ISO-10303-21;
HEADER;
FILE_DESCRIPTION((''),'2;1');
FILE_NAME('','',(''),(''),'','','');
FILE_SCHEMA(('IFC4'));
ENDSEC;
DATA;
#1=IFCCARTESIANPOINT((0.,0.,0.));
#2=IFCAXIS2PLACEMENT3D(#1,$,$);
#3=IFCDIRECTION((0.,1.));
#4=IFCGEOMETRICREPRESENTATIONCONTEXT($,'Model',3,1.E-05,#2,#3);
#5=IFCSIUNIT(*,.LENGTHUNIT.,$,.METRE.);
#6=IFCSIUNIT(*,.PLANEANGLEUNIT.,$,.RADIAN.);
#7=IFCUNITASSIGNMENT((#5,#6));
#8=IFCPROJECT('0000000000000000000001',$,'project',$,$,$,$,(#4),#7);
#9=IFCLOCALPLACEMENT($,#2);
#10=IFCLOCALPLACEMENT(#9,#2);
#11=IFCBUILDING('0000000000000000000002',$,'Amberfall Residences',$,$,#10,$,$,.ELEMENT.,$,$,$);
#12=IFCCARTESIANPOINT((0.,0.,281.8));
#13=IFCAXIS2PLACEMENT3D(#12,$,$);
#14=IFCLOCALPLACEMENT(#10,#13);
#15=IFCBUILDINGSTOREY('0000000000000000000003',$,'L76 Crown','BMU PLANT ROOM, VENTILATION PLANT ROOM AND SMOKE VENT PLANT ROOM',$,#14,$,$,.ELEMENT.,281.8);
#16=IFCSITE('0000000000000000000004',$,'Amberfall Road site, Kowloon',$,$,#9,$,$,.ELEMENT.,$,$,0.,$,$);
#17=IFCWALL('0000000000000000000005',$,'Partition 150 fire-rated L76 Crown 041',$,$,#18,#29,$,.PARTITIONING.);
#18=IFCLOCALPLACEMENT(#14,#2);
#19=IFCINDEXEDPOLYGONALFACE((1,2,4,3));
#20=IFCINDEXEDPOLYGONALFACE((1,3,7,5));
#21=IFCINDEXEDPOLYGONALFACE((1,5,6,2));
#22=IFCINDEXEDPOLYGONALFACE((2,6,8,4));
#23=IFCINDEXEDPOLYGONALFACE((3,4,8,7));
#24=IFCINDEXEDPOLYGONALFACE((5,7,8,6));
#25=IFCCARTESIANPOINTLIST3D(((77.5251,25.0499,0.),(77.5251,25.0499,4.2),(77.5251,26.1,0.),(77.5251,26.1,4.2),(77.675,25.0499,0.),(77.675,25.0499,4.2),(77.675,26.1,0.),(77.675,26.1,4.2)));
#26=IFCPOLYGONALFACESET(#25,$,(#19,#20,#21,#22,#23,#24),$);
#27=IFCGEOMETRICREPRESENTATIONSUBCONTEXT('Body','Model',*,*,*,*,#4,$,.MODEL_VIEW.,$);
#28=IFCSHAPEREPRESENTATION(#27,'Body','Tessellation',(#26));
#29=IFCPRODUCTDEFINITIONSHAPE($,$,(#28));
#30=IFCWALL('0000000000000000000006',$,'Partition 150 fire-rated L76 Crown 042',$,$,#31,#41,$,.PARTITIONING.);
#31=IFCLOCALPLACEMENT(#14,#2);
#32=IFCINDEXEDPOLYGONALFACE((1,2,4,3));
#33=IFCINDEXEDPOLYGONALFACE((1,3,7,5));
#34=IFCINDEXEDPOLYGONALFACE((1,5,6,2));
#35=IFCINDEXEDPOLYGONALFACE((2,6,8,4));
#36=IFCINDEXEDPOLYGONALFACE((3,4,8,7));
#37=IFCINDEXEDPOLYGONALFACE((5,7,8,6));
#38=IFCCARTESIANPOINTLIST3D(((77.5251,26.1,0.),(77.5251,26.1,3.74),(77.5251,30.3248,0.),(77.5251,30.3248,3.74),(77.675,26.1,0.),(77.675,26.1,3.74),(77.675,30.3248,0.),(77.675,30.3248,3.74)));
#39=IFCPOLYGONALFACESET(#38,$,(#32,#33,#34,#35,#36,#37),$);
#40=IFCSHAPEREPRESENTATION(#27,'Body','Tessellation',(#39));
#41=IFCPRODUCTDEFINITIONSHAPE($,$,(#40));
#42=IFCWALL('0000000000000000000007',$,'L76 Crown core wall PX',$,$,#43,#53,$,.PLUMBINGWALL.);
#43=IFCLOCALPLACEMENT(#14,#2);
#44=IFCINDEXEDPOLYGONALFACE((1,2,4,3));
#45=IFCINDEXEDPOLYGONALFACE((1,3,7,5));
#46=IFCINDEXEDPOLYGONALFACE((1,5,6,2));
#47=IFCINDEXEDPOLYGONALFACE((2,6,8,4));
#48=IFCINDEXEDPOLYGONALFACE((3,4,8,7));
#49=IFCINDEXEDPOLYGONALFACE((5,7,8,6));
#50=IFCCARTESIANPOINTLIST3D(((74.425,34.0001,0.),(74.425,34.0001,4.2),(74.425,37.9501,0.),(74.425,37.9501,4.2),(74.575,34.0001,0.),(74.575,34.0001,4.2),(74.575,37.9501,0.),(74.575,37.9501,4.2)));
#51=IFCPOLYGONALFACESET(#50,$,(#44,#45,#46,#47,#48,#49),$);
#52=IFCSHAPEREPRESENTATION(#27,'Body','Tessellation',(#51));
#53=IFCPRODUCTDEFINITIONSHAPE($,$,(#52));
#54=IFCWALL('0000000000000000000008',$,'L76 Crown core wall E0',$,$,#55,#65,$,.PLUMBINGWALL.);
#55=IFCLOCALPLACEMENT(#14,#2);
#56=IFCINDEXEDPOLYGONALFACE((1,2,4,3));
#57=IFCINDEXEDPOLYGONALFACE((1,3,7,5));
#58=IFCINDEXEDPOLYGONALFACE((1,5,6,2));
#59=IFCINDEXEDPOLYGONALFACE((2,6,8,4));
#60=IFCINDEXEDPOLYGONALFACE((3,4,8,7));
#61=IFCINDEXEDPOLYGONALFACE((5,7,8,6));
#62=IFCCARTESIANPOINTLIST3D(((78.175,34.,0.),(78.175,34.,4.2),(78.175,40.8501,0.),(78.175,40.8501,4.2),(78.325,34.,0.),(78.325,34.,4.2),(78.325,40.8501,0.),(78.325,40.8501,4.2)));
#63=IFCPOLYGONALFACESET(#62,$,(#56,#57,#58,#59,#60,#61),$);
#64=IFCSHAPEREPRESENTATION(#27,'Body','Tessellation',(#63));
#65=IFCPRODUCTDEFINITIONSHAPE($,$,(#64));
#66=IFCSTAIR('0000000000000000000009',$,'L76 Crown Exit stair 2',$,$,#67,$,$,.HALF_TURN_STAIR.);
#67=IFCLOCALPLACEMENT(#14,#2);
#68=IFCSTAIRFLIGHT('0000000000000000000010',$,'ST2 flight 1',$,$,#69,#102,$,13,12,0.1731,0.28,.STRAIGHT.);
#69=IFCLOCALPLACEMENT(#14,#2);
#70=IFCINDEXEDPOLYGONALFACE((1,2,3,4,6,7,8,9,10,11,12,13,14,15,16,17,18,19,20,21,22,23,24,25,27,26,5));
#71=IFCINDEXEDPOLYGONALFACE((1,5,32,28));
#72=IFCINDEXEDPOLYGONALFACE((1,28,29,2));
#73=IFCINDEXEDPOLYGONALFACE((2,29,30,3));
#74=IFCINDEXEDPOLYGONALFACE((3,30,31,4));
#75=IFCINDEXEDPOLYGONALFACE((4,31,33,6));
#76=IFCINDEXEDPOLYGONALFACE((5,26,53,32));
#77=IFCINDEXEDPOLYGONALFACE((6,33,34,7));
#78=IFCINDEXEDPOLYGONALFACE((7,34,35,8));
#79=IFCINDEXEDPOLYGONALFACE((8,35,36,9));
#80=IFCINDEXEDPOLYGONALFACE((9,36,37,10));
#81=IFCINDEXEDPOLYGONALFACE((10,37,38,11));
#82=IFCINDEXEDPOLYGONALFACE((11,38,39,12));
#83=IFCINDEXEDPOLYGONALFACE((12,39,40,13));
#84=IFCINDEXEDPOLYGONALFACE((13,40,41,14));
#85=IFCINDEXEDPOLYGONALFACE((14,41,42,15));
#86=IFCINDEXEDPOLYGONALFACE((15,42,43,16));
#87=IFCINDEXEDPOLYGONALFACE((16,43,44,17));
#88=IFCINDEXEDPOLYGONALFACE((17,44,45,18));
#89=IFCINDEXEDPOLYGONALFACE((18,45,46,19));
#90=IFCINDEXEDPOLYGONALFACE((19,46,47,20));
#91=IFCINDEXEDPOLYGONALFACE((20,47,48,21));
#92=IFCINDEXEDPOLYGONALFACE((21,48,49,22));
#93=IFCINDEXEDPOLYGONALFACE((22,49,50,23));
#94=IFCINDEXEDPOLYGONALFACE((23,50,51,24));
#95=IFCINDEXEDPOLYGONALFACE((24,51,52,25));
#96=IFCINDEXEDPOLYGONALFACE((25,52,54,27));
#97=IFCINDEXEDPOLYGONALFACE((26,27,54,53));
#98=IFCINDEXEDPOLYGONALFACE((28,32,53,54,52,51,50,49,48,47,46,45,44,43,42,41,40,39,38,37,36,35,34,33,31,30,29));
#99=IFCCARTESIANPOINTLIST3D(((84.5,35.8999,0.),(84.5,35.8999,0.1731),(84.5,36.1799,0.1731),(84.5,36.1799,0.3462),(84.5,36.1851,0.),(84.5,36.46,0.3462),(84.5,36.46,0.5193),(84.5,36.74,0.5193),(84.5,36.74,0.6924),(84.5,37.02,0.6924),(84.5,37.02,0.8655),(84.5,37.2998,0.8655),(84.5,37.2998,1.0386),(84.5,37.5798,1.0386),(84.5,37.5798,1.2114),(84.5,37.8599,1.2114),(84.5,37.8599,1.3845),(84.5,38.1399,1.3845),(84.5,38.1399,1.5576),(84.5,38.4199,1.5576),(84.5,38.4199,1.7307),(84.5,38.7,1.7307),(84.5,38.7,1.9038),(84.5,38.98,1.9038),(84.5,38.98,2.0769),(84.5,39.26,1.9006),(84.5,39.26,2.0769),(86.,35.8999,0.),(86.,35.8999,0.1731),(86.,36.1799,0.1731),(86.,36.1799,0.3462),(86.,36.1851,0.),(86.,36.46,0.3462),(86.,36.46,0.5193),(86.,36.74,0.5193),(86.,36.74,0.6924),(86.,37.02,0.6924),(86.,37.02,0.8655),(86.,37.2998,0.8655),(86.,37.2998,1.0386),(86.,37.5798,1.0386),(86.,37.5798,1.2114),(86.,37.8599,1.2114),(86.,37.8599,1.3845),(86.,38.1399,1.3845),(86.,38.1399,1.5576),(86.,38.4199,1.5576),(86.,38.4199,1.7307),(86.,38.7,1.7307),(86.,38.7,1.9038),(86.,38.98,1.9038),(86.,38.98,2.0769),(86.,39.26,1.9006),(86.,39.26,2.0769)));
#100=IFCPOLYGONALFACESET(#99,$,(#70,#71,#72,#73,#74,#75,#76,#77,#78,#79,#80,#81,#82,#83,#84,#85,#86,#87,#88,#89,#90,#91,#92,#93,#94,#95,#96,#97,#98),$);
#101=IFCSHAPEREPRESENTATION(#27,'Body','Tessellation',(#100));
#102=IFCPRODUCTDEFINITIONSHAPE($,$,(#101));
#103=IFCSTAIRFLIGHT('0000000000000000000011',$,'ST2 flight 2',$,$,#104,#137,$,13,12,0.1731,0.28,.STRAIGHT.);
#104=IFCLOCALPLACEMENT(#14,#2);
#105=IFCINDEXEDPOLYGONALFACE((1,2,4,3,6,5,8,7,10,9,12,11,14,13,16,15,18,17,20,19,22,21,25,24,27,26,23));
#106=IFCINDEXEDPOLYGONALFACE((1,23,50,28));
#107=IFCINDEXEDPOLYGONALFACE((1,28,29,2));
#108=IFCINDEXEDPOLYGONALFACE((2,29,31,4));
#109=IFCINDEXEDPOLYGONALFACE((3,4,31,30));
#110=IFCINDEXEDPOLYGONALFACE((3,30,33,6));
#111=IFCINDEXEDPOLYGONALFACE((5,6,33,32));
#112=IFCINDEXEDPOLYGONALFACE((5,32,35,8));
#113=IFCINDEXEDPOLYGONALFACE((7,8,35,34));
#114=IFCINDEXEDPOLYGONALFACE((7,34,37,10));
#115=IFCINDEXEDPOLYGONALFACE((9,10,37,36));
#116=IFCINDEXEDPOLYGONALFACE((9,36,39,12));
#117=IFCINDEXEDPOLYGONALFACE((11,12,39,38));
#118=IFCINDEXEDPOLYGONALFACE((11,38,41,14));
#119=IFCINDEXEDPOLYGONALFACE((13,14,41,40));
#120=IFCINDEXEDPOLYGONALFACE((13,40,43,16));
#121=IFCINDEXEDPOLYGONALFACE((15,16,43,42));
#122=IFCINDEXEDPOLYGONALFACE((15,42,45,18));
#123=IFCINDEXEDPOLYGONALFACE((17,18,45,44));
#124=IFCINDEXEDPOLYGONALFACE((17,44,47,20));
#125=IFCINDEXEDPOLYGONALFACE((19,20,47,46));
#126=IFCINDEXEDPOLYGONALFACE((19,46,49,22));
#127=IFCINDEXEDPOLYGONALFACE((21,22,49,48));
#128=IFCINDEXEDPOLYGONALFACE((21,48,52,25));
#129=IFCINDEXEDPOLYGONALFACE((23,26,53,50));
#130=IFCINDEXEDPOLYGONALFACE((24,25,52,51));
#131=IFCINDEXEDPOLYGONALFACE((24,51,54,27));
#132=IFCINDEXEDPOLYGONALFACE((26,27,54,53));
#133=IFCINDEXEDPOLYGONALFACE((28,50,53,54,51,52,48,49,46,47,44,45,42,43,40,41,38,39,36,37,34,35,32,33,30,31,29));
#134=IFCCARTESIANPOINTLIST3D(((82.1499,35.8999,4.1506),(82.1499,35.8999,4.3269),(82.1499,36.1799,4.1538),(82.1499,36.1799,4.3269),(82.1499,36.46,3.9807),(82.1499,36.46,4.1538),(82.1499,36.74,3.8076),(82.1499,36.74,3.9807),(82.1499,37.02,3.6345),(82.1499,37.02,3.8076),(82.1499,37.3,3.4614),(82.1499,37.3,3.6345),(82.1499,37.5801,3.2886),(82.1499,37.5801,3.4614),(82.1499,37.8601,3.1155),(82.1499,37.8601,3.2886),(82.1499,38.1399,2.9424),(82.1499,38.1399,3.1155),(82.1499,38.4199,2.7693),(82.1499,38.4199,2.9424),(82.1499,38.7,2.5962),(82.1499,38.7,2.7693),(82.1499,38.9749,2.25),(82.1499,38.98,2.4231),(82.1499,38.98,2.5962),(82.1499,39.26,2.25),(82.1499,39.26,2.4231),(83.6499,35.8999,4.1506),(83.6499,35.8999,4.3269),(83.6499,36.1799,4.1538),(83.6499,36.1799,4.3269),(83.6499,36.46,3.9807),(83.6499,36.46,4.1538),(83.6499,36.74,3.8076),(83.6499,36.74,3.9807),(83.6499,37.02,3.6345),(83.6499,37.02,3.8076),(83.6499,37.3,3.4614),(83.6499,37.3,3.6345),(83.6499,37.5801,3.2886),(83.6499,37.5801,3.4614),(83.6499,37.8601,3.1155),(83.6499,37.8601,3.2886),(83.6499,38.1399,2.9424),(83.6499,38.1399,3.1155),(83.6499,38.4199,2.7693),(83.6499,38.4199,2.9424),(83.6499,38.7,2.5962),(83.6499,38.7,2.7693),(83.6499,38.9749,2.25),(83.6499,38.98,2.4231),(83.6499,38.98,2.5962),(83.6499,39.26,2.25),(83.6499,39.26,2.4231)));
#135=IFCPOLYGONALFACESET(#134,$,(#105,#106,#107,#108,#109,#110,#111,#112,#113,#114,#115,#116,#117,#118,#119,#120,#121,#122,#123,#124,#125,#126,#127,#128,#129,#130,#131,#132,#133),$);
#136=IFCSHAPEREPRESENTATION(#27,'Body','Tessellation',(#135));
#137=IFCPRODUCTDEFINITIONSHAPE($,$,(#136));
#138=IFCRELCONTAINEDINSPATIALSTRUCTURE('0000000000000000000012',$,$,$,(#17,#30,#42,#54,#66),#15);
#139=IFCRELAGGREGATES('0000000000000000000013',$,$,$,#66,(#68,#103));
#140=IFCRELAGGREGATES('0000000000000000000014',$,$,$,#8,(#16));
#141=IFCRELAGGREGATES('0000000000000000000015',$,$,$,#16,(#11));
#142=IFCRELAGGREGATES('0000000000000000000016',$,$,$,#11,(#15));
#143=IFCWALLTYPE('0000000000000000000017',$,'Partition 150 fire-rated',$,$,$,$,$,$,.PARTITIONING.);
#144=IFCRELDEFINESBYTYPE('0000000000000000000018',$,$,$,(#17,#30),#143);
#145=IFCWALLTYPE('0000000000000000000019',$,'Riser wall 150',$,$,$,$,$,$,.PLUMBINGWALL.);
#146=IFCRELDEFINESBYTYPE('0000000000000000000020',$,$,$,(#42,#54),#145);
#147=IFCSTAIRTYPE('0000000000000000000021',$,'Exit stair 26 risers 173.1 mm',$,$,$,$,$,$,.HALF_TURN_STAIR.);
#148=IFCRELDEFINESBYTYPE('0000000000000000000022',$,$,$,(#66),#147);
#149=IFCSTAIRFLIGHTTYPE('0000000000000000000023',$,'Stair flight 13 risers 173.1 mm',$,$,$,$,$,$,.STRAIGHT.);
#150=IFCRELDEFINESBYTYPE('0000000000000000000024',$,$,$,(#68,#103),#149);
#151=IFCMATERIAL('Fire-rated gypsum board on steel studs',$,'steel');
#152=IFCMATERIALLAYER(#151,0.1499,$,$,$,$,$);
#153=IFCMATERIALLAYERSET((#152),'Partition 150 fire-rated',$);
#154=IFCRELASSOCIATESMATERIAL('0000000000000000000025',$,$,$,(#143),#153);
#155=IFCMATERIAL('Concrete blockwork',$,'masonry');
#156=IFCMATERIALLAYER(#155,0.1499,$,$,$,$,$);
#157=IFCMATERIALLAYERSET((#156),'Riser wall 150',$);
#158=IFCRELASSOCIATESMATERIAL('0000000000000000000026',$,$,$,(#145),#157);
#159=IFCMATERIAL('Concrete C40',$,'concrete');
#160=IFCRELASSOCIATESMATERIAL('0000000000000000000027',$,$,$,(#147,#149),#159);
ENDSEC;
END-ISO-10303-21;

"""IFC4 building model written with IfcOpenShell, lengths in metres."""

from ifc_helpers import new_model, si_unit, direction, frame, frame_2d, origin, place, context, subcontext, project, spatial, polyline, rectangle, outline, extrude, material, layer, layer_set, type_object, element, aggregate, save


model = new_model("IFC4")

# Units and contexts
model_context = context("Model", 3, precision=1e-05, world=origin(), true_north=direction((0.0, 1.0)))
body_context = subcontext(model_context, "Body", "Model", "MODEL_VIEW")
ifc_project = project(units=[si_unit("LENGTHUNIT", "METRE"), si_unit("PLANEANGLEUNIT", "RADIAN")], contexts=[model_context])

# Site, building, storey
site_placement = place(None, origin())
site = spatial("IfcSite", under=ifc_project, at=site_placement, Name="Amberfall Road site, Kowloon", CompositionType="ELEMENT", RefElevation=0.0)
building_placement = place(site_placement, origin())
building = spatial("IfcBuilding", under=site, at=building_placement, Name="Amberfall Residences", CompositionType="ELEMENT")
storey_placement = place(building_placement, frame((0.0, 0.0, 281.8)))
storey = spatial("IfcBuildingStorey", under=building, at=storey_placement, Name="L76 Crown", Description="BMU PLANT ROOM, VENTILATION PLANT ROOM AND SMOKE VENT PLANT ROOM", CompositionType="ELEMENT", Elevation=281.8)

# Shared definitions
ifc_material_1 = material(Name="Fire-rated gypsum board on steel studs", Category="steel")
ifc_layer_1 = layer(ifc_material_1, 0.1499)
ifc_layer_set_1 = layer_set([ifc_layer_1], Name="Partition 150 fire-rated")
wall_type_1 = type_object("IfcWallType", Name="Partition 150 fire-rated", PredefinedType="PARTITIONING", material=ifc_layer_set_1)

# Walls
wall_1_placement = place(storey_placement, frame((77.6001, 25.05, 0.0), z_axis=(0.0, 0.0, 1.0), x_axis=(0.0, 1.0, 0.0)))
element("IfcWall", 1, at=wall_1_placement, inside=storey, type_object=wall_type_1, Name="Partition 150 fire-rated L76 Crown 041", PredefinedType="PARTITIONING", context=body_context, shape_type="SweptSolid", body=[
    extrude(rectangle(XDim=1.05, YDim=0.1499, at=frame_2d((0.5249, 0.0))), origin(), (0.0, 0.0, 1.0), 4.2),
])
wall_2_placement = place(storey_placement, frame((77.6001, 26.1001, 0.0), z_axis=(0.0, 0.0, 1.0), x_axis=(0.0, 1.0, 0.0)))
element("IfcWall", 2, at=wall_2_placement, inside=storey, type_object=wall_type_1, Name="Partition 150 fire-rated L76 Crown 042", PredefinedType="PARTITIONING", context=body_context, shape_type="SweptSolid", body=[
    extrude(rectangle(XDim=4.2249, YDim=0.1499, at=frame_2d((2.1123, 0.0))), origin(), (0.0, 0.0, 1.0), 3.74),
])
ifc_material_2 = material(Name="Concrete blockwork", Category="masonry")
ifc_layer_2 = layer(ifc_material_2, 0.1499)
ifc_layer_set_2 = layer_set([ifc_layer_2], Name="Riser wall 150")
wall_type_2 = type_object("IfcWallType", Name="Riser wall 150", PredefinedType="PLUMBINGWALL", material=ifc_layer_set_2)
wall_3_placement = place(storey_placement, frame((74.5, 34.0, 0.0), z_axis=(0.0, 0.0, 1.0), x_axis=(0.0, 1.0, 0.0)))
element("IfcWall", 3, at=wall_3_placement, inside=storey, type_object=wall_type_2, Name="L76 Crown core wall PX", PredefinedType="PLUMBINGWALL", context=body_context, shape_type="SweptSolid", body=[
    extrude(rectangle(XDim=3.95, YDim=0.1499, at=frame_2d((1.9751, 0.0))), origin(), (0.0, 0.0, 1.0), 4.2),
])
wall_4_placement = place(storey_placement, frame((78.25, 34.0, 0.0), z_axis=(0.0, 0.0, 1.0), x_axis=(0.0, 1.0, 0.0)))
element("IfcWall", 4, at=wall_4_placement, inside=storey, type_object=wall_type_2, Name="L76 Crown core wall E0", PredefinedType="PLUMBINGWALL", context=body_context, shape_type="SweptSolid", body=[
    extrude(rectangle(XDim=6.8501, YDim=0.1499, at=frame_2d((3.425, 0.0))), origin(), (0.0, 0.0, 1.0), 4.2),
])

# Stair, stair flights
ifc_material_3 = material(Name="Concrete C40", Category="concrete")
stair_type = type_object("IfcStairType", Name="Exit stair 26 risers 173.1 mm", PredefinedType="HALF_TURN_STAIR", material=ifc_material_3)
stair_placement = place(storey_placement, origin())
stair = element("IfcStair", 5, at=stair_placement, inside=storey, type_object=stair_type, Name="L76 Crown Exit stair 2", PredefinedType="HALF_TURN_STAIR")
stair_flight_type = type_object("IfcStairFlightType", Name="Stair flight 13 risers 173.1 mm", PredefinedType="STRAIGHT", material=ifc_material_3)
stair_flight_1_placement = place(storey_placement, frame((85.25, 35.8999, 0.0), z_axis=(0.0, 0.0, 1.0), x_axis=(0.0, 1.0, 0.0)))
stair_flight_1 = element("IfcStairFlight", 6, at=stair_flight_1_placement, type_object=stair_flight_type, Name="ST2 flight 1", NumberOfRisers=13, NumberOfTreads=12, PredefinedType="STRAIGHT", RiserHeight=0.1731, TreadLength=0.28, context=body_context, shape_type="SweptSolid", body=[
    extrude(outline(polyline([(0.0, 0.0), (0.0, 0.1731), (0.28, 0.1731), (0.28, 0.3462), (0.5601, 0.3462), (0.5601, 0.5193), (0.8401, 0.5193), (0.8401, 0.6924), (1.1201, 0.6924), (1.1201, 0.8655), (1.3999, 0.8655), (1.3999, 1.0386), (1.6799, 1.0386), (1.6799, 1.2114), (1.96, 1.2114), (1.96, 1.3845), (2.24, 1.3845), (2.24, 1.5576), (2.52, 1.5576), (2.52, 1.7307), (2.8, 1.7307), (2.8, 1.9038), (3.0801, 1.9038), (3.0801, 2.0769), (3.3601, 2.0769), (3.3601, 2.25), (3.3601, 1.9006), (0.2852, 0.0), (0.0, 0.0)])), frame((0.0, 0.75, 0.0), z_axis=(0.0, -1.0, 0.0), x_axis=(1.0, 0.0, 0.0)), (0.0, 0.0, 1.0), 1.5),
])
stair_flight_2_placement = place(storey_placement, frame((82.8999, 39.26, 2.25), z_axis=(0.0, 0.0, 1.0), x_axis=(0.0, -1.0, 0.0)))
stair_flight_2 = element("IfcStairFlight", 7, at=stair_flight_2_placement, type_object=stair_flight_type, Name="ST2 flight 2", NumberOfRisers=13, NumberOfTreads=12, PredefinedType="STRAIGHT", RiserHeight=0.1731, TreadLength=0.28, context=body_context, shape_type="SweptSolid", body=[
    extrude(outline(polyline([(0.0, 0.0), (0.0, 0.1731), (0.28, 0.1731), (0.28, 0.3462), (0.5601, 0.3462), (0.5601, 0.5193), (0.8401, 0.5193), (0.8401, 0.6924), (1.1201, 0.6924), (1.1201, 0.8655), (1.3999, 0.8655), (1.3999, 1.0386), (1.6799, 1.0386), (1.6799, 1.2114), (1.96, 1.2114), (1.96, 1.3845), (2.24, 1.3845), (2.24, 1.5576), (2.52, 1.5576), (2.52, 1.7307), (2.8, 1.7307), (2.8, 1.9038), (3.0801, 1.9038), (3.0801, 2.0769), (3.3601, 2.0769), (3.3601, 2.25), (3.3601, 1.9006), (0.2852, 0.0), (0.0, 0.0)])), frame((0.0, 0.75, 0.0), z_axis=(0.0, -1.0, 0.0), x_axis=(1.0, 0.0, 0.0)), (0.0, 0.0, 1.0), 1.5),
])
aggregate(stair, [stair_flight_1, stair_flight_2])

save(model, "model.ifc")
